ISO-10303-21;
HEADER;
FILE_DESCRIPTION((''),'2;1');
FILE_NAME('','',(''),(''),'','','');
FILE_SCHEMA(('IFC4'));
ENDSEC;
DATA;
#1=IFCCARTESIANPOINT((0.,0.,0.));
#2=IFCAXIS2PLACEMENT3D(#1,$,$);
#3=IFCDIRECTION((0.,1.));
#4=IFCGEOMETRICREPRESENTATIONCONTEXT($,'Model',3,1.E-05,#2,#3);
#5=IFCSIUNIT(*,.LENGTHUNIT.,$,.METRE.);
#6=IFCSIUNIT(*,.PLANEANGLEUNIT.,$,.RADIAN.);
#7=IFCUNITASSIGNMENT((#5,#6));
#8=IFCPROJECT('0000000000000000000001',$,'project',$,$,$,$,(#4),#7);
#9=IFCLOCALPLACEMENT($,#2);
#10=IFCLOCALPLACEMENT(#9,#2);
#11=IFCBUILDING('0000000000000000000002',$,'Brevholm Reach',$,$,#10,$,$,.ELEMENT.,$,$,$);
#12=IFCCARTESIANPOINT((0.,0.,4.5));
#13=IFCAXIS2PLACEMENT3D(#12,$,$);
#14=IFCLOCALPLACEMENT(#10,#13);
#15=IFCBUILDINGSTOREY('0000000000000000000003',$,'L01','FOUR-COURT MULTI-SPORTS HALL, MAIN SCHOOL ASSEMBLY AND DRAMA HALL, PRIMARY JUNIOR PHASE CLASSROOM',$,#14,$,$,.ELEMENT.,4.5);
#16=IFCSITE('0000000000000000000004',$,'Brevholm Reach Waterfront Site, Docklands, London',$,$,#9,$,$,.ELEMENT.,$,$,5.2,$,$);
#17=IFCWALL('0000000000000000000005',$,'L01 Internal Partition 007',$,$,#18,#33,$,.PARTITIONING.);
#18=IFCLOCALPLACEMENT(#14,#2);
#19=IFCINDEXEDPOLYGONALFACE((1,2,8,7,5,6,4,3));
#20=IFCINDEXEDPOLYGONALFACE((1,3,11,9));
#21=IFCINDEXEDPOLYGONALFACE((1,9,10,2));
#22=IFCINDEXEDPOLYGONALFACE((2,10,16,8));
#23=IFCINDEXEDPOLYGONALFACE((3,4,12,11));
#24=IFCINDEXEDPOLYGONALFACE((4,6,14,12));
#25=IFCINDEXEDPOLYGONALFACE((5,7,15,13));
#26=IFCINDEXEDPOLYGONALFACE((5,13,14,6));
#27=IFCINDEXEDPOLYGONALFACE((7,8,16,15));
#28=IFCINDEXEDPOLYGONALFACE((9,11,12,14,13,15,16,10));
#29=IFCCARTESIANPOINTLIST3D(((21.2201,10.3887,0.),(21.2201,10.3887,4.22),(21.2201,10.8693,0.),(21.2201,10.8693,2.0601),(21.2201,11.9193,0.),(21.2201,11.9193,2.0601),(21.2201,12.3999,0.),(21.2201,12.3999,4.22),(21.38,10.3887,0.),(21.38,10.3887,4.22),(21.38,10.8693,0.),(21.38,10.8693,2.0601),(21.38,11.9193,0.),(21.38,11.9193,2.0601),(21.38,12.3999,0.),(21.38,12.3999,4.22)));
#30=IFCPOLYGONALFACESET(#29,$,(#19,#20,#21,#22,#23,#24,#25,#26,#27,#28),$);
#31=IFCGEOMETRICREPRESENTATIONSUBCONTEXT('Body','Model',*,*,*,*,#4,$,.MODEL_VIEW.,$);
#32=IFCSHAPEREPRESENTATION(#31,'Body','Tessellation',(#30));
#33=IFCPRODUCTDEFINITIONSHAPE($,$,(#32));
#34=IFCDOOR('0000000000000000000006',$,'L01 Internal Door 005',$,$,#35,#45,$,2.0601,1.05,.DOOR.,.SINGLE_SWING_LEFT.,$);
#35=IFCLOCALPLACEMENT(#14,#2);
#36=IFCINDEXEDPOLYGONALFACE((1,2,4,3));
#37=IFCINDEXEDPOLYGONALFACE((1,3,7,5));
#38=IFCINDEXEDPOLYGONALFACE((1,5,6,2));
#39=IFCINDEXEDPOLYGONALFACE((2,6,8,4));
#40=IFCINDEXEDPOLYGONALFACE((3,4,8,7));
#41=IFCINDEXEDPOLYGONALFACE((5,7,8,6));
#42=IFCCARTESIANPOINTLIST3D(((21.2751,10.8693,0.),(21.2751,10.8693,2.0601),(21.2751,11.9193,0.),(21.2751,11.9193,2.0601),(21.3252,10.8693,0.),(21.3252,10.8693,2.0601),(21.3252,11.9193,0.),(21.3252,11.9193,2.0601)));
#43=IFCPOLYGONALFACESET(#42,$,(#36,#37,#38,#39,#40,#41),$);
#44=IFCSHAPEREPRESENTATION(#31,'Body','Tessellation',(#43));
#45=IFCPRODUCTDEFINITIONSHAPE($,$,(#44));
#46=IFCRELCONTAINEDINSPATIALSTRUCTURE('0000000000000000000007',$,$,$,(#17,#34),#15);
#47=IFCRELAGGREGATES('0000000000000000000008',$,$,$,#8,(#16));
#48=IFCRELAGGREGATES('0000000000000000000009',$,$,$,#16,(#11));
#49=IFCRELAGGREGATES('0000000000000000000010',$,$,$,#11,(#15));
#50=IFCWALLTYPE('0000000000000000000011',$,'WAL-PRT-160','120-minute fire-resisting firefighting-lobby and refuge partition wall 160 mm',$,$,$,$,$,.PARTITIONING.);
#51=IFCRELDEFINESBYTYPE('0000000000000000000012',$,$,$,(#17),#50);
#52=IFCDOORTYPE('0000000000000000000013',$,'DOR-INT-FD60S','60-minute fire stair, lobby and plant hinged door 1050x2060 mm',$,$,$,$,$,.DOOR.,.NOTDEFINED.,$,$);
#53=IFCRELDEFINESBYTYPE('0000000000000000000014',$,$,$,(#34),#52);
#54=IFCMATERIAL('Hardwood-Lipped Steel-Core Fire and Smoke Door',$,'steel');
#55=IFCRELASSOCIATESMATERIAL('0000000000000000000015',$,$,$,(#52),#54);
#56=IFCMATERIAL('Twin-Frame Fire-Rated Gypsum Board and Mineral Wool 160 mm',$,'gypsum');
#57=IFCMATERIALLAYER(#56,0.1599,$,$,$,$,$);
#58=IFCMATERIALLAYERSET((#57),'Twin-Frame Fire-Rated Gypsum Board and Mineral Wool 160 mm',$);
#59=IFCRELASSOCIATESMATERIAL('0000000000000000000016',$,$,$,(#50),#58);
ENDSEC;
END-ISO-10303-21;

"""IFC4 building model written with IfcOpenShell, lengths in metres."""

from ifc_helpers import new_model, si_unit, direction, frame, frame_2d, origin, place, context, subcontext, project, spatial, rectangle, extrude, material, layer, layer_set, type_object, element, fill, save


model = new_model("IFC4")

# Units and contexts
model_context = context("Model", 3, precision=1e-05, world=origin(), true_north=direction((0.0, 1.0)))
body_context = subcontext(model_context, "Body", "Model", "MODEL_VIEW")
ifc_project = project(units=[si_unit("LENGTHUNIT", "METRE"), si_unit("PLANEANGLEUNIT", "RADIAN")], contexts=[model_context])

# Site, building, storey
site_placement = place(None, origin())
site = spatial("IfcSite", under=ifc_project, at=site_placement, Name="Brevholm Reach Waterfront Site, Docklands, London", CompositionType="ELEMENT", RefElevation=5.2)
building_placement = place(site_placement, origin())
building = spatial("IfcBuilding", under=site, at=building_placement, Name="Brevholm Reach", CompositionType="ELEMENT")
storey_placement = place(building_placement, frame((0.0, 0.0, 4.5)))
storey = spatial("IfcBuildingStorey", under=building, at=storey_placement, Name="L01", Description="FOUR-COURT MULTI-SPORTS HALL, MAIN SCHOOL ASSEMBLY AND DRAMA HALL, PRIMARY JUNIOR PHASE CLASSROOM", CompositionType="ELEMENT", Elevation=4.5)

# Shared definitions
ifc_material_1 = material(Name="Hardwood-Lipped Steel-Core Fire and Smoke Door", Category="steel")
door_type_1 = type_object("IfcDoorType", Name="DOR-INT-FD60S", Description="60-minute fire stair, lobby and plant hinged door 1050x2060 mm", OperationType="NOTDEFINED", PredefinedType="DOOR", material=ifc_material_1)

# Wall, opening, door
ifc_material_2 = material(Name="Twin-Frame Fire-Rated Gypsum Board and Mineral Wool 160 mm", Category="gypsum")
ifc_layer_1 = layer(ifc_material_2, 0.1599)
ifc_layer_set_1 = layer_set([ifc_layer_1], Name="Twin-Frame Fire-Rated Gypsum Board and Mineral Wool 160 mm")
wall_type_1 = type_object("IfcWallType", Name="WAL-PRT-160", Description="120-minute fire-resisting firefighting-lobby and refuge partition wall 160 mm", PredefinedType="PARTITIONING", material=ifc_layer_set_1)
wall_1_placement = place(storey_placement, frame((21.3, 10.3887, 0.0), z_axis=(0.0, 0.0, 1.0), x_axis=(0.0, 1.0, 0.0)))
wall_1 = element("IfcWall", 1, at=wall_1_placement, inside=storey, type_object=wall_type_1, Name="L01 Internal Partition 007", PredefinedType="PARTITIONING", context=body_context, shape_type="SweptSolid", body=[
    extrude(rectangle(XDim=2.0112, YDim=0.1599, at=frame_2d((1.0056, 0.0))), origin(), (0.0, 0.0, 1.0), 4.22),
])
opening_1_placement = place(wall_1_placement, frame((0.4807, 0.0, 0.0)))
opening_1 = element("IfcOpeningElement", 2, at=opening_1_placement, cuts=wall_1, PredefinedType="OPENING", context=body_context, shape_type="SweptSolid", body=[
    extrude(rectangle(XDim=1.05, YDim=2.0601, at=frame_2d((0.5249, 1.03))), frame((0.0, 0.0898, 0.0), z_axis=(0.0, -1.0, 0.0), x_axis=(1.0, 0.0, 0.0)), (0.0, 0.0, 1.0), 0.1799),
])
door_1_placement = place(opening_1_placement, origin())
door_1 = element("IfcDoor", 3, at=door_1_placement, inside=storey, type_object=door_type_1, Name="L01 Internal Door 005", OperationType="SINGLE_SWING_LEFT", OverallHeight=2.0601, OverallWidth=1.05, PredefinedType="DOOR", context=body_context, shape_type="SweptSolid", body=[
    extrude(rectangle(XDim=1.05, YDim=2.0601, at=frame_2d((0.5249, 1.03))), frame((0.0, 0.0249, 0.0), z_axis=(0.0, -1.0, 0.0), x_axis=(1.0, 0.0, 0.0)), (0.0, 0.0, 1.0), 0.05),
])
fill(opening_1, door_1)

save(model, "model.ifc")
